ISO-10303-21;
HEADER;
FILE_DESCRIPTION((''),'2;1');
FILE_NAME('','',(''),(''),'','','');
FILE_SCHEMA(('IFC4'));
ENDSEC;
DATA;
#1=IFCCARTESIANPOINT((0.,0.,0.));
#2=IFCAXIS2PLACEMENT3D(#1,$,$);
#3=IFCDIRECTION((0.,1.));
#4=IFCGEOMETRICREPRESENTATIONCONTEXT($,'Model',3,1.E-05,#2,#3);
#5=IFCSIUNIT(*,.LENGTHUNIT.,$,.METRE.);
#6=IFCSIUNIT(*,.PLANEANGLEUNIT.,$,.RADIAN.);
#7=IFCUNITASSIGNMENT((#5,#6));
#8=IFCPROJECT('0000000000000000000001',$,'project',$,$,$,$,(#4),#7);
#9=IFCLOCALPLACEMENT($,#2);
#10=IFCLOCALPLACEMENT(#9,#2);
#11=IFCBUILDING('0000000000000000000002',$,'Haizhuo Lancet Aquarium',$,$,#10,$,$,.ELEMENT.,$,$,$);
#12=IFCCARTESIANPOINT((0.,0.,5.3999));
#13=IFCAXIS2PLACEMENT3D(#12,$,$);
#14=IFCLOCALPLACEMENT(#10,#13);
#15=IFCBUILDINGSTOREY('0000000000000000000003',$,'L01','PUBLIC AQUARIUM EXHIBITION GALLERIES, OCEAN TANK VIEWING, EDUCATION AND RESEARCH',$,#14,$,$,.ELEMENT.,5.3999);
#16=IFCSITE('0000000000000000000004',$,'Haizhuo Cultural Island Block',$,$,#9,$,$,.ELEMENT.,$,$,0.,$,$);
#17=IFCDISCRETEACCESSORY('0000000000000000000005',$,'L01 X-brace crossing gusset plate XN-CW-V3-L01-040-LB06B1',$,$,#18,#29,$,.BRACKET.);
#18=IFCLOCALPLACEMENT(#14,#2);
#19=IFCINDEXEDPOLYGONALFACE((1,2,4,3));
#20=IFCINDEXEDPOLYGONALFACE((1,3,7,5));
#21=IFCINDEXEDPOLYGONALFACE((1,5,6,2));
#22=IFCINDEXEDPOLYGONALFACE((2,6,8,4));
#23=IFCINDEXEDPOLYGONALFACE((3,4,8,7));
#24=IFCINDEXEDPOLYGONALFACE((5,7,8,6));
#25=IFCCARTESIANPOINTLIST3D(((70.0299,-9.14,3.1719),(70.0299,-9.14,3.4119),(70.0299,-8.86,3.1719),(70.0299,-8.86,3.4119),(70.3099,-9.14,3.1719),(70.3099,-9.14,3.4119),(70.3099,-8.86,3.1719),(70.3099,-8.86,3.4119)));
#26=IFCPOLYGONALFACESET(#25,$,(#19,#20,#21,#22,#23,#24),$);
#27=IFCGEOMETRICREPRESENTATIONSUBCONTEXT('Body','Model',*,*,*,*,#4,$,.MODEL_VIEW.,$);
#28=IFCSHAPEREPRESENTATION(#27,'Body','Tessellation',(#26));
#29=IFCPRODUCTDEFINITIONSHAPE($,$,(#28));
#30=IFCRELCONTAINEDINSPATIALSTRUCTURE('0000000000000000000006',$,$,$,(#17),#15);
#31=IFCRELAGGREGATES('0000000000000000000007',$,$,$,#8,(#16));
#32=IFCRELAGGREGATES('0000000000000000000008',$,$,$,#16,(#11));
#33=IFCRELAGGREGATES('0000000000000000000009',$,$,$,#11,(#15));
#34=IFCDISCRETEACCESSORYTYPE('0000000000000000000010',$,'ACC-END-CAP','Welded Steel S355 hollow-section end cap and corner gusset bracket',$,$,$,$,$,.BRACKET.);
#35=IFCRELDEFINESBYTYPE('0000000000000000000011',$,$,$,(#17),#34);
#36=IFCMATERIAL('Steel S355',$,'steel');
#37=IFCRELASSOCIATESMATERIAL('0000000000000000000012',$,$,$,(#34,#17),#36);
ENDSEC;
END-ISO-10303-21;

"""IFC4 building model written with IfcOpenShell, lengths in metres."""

from ifc_helpers import new_model, si_unit, direction, frame, origin, origin_2d, place, context, subcontext, project, spatial, rectangle, extrude, material, type_object, element, save


model = new_model("IFC4")

# Units and contexts
model_context = context("Model", 3, precision=1e-05, world=origin(), true_north=direction((0.0, 1.0)))
body_context = subcontext(model_context, "Body", "Model", "MODEL_VIEW")
ifc_project = project(units=[si_unit("LENGTHUNIT", "METRE"), si_unit("PLANEANGLEUNIT", "RADIAN")], contexts=[model_context])

# Site, building, storey
site_placement = place(None, origin())
site = spatial("IfcSite", under=ifc_project, at=site_placement, Name="Haizhuo Cultural Island Block", CompositionType="ELEMENT", RefElevation=0.0)
building_placement = place(site_placement, origin())
building = spatial("IfcBuilding", under=site, at=building_placement, Name="Haizhuo Lancet Aquarium", CompositionType="ELEMENT")
storey_placement = place(building_placement, frame((0.0, 0.0, 5.3999)))
storey = spatial("IfcBuildingStorey", under=building, at=storey_placement, Name="L01", Description="PUBLIC AQUARIUM EXHIBITION GALLERIES, OCEAN TANK VIEWING, EDUCATION AND RESEARCH", CompositionType="ELEMENT", Elevation=5.3999)

# Shared definitions
ifc_material_1 = material(Name="Steel S355", Category="steel")

# Discrete accessory
discrete_accessory_type = type_object("IfcDiscreteAccessoryType", Name="ACC-END-CAP", Description="Welded Steel S355 hollow-section end cap and corner gusset bracket", PredefinedType="BRACKET", material=ifc_material_1)
for number, where, z_axis, x_axis, name in (
    (1, (70.1699, -9.0, 3.1719), (0.0, 0.0, 1.0), (1.0, 0.0, 0.0), "L01 X-brace crossing gusset plate XN-CW-V3-L01-040-LB06B1"),
):
    element("IfcDiscreteAccessory", number, at=place(storey_placement, frame(where, z_axis=z_axis, x_axis=x_axis)), inside=storey, type_object=discrete_accessory_type, material=ifc_material_1, Name=name, PredefinedType="BRACKET", context=body_context, shape_type="SweptSolid", body=[
        extrude(rectangle(XDim=0.28, YDim=0.28, at=origin_2d()), origin(), (0.0, 0.0, 1.0), 0.24),
    ])

save(model, "model.ifc")
